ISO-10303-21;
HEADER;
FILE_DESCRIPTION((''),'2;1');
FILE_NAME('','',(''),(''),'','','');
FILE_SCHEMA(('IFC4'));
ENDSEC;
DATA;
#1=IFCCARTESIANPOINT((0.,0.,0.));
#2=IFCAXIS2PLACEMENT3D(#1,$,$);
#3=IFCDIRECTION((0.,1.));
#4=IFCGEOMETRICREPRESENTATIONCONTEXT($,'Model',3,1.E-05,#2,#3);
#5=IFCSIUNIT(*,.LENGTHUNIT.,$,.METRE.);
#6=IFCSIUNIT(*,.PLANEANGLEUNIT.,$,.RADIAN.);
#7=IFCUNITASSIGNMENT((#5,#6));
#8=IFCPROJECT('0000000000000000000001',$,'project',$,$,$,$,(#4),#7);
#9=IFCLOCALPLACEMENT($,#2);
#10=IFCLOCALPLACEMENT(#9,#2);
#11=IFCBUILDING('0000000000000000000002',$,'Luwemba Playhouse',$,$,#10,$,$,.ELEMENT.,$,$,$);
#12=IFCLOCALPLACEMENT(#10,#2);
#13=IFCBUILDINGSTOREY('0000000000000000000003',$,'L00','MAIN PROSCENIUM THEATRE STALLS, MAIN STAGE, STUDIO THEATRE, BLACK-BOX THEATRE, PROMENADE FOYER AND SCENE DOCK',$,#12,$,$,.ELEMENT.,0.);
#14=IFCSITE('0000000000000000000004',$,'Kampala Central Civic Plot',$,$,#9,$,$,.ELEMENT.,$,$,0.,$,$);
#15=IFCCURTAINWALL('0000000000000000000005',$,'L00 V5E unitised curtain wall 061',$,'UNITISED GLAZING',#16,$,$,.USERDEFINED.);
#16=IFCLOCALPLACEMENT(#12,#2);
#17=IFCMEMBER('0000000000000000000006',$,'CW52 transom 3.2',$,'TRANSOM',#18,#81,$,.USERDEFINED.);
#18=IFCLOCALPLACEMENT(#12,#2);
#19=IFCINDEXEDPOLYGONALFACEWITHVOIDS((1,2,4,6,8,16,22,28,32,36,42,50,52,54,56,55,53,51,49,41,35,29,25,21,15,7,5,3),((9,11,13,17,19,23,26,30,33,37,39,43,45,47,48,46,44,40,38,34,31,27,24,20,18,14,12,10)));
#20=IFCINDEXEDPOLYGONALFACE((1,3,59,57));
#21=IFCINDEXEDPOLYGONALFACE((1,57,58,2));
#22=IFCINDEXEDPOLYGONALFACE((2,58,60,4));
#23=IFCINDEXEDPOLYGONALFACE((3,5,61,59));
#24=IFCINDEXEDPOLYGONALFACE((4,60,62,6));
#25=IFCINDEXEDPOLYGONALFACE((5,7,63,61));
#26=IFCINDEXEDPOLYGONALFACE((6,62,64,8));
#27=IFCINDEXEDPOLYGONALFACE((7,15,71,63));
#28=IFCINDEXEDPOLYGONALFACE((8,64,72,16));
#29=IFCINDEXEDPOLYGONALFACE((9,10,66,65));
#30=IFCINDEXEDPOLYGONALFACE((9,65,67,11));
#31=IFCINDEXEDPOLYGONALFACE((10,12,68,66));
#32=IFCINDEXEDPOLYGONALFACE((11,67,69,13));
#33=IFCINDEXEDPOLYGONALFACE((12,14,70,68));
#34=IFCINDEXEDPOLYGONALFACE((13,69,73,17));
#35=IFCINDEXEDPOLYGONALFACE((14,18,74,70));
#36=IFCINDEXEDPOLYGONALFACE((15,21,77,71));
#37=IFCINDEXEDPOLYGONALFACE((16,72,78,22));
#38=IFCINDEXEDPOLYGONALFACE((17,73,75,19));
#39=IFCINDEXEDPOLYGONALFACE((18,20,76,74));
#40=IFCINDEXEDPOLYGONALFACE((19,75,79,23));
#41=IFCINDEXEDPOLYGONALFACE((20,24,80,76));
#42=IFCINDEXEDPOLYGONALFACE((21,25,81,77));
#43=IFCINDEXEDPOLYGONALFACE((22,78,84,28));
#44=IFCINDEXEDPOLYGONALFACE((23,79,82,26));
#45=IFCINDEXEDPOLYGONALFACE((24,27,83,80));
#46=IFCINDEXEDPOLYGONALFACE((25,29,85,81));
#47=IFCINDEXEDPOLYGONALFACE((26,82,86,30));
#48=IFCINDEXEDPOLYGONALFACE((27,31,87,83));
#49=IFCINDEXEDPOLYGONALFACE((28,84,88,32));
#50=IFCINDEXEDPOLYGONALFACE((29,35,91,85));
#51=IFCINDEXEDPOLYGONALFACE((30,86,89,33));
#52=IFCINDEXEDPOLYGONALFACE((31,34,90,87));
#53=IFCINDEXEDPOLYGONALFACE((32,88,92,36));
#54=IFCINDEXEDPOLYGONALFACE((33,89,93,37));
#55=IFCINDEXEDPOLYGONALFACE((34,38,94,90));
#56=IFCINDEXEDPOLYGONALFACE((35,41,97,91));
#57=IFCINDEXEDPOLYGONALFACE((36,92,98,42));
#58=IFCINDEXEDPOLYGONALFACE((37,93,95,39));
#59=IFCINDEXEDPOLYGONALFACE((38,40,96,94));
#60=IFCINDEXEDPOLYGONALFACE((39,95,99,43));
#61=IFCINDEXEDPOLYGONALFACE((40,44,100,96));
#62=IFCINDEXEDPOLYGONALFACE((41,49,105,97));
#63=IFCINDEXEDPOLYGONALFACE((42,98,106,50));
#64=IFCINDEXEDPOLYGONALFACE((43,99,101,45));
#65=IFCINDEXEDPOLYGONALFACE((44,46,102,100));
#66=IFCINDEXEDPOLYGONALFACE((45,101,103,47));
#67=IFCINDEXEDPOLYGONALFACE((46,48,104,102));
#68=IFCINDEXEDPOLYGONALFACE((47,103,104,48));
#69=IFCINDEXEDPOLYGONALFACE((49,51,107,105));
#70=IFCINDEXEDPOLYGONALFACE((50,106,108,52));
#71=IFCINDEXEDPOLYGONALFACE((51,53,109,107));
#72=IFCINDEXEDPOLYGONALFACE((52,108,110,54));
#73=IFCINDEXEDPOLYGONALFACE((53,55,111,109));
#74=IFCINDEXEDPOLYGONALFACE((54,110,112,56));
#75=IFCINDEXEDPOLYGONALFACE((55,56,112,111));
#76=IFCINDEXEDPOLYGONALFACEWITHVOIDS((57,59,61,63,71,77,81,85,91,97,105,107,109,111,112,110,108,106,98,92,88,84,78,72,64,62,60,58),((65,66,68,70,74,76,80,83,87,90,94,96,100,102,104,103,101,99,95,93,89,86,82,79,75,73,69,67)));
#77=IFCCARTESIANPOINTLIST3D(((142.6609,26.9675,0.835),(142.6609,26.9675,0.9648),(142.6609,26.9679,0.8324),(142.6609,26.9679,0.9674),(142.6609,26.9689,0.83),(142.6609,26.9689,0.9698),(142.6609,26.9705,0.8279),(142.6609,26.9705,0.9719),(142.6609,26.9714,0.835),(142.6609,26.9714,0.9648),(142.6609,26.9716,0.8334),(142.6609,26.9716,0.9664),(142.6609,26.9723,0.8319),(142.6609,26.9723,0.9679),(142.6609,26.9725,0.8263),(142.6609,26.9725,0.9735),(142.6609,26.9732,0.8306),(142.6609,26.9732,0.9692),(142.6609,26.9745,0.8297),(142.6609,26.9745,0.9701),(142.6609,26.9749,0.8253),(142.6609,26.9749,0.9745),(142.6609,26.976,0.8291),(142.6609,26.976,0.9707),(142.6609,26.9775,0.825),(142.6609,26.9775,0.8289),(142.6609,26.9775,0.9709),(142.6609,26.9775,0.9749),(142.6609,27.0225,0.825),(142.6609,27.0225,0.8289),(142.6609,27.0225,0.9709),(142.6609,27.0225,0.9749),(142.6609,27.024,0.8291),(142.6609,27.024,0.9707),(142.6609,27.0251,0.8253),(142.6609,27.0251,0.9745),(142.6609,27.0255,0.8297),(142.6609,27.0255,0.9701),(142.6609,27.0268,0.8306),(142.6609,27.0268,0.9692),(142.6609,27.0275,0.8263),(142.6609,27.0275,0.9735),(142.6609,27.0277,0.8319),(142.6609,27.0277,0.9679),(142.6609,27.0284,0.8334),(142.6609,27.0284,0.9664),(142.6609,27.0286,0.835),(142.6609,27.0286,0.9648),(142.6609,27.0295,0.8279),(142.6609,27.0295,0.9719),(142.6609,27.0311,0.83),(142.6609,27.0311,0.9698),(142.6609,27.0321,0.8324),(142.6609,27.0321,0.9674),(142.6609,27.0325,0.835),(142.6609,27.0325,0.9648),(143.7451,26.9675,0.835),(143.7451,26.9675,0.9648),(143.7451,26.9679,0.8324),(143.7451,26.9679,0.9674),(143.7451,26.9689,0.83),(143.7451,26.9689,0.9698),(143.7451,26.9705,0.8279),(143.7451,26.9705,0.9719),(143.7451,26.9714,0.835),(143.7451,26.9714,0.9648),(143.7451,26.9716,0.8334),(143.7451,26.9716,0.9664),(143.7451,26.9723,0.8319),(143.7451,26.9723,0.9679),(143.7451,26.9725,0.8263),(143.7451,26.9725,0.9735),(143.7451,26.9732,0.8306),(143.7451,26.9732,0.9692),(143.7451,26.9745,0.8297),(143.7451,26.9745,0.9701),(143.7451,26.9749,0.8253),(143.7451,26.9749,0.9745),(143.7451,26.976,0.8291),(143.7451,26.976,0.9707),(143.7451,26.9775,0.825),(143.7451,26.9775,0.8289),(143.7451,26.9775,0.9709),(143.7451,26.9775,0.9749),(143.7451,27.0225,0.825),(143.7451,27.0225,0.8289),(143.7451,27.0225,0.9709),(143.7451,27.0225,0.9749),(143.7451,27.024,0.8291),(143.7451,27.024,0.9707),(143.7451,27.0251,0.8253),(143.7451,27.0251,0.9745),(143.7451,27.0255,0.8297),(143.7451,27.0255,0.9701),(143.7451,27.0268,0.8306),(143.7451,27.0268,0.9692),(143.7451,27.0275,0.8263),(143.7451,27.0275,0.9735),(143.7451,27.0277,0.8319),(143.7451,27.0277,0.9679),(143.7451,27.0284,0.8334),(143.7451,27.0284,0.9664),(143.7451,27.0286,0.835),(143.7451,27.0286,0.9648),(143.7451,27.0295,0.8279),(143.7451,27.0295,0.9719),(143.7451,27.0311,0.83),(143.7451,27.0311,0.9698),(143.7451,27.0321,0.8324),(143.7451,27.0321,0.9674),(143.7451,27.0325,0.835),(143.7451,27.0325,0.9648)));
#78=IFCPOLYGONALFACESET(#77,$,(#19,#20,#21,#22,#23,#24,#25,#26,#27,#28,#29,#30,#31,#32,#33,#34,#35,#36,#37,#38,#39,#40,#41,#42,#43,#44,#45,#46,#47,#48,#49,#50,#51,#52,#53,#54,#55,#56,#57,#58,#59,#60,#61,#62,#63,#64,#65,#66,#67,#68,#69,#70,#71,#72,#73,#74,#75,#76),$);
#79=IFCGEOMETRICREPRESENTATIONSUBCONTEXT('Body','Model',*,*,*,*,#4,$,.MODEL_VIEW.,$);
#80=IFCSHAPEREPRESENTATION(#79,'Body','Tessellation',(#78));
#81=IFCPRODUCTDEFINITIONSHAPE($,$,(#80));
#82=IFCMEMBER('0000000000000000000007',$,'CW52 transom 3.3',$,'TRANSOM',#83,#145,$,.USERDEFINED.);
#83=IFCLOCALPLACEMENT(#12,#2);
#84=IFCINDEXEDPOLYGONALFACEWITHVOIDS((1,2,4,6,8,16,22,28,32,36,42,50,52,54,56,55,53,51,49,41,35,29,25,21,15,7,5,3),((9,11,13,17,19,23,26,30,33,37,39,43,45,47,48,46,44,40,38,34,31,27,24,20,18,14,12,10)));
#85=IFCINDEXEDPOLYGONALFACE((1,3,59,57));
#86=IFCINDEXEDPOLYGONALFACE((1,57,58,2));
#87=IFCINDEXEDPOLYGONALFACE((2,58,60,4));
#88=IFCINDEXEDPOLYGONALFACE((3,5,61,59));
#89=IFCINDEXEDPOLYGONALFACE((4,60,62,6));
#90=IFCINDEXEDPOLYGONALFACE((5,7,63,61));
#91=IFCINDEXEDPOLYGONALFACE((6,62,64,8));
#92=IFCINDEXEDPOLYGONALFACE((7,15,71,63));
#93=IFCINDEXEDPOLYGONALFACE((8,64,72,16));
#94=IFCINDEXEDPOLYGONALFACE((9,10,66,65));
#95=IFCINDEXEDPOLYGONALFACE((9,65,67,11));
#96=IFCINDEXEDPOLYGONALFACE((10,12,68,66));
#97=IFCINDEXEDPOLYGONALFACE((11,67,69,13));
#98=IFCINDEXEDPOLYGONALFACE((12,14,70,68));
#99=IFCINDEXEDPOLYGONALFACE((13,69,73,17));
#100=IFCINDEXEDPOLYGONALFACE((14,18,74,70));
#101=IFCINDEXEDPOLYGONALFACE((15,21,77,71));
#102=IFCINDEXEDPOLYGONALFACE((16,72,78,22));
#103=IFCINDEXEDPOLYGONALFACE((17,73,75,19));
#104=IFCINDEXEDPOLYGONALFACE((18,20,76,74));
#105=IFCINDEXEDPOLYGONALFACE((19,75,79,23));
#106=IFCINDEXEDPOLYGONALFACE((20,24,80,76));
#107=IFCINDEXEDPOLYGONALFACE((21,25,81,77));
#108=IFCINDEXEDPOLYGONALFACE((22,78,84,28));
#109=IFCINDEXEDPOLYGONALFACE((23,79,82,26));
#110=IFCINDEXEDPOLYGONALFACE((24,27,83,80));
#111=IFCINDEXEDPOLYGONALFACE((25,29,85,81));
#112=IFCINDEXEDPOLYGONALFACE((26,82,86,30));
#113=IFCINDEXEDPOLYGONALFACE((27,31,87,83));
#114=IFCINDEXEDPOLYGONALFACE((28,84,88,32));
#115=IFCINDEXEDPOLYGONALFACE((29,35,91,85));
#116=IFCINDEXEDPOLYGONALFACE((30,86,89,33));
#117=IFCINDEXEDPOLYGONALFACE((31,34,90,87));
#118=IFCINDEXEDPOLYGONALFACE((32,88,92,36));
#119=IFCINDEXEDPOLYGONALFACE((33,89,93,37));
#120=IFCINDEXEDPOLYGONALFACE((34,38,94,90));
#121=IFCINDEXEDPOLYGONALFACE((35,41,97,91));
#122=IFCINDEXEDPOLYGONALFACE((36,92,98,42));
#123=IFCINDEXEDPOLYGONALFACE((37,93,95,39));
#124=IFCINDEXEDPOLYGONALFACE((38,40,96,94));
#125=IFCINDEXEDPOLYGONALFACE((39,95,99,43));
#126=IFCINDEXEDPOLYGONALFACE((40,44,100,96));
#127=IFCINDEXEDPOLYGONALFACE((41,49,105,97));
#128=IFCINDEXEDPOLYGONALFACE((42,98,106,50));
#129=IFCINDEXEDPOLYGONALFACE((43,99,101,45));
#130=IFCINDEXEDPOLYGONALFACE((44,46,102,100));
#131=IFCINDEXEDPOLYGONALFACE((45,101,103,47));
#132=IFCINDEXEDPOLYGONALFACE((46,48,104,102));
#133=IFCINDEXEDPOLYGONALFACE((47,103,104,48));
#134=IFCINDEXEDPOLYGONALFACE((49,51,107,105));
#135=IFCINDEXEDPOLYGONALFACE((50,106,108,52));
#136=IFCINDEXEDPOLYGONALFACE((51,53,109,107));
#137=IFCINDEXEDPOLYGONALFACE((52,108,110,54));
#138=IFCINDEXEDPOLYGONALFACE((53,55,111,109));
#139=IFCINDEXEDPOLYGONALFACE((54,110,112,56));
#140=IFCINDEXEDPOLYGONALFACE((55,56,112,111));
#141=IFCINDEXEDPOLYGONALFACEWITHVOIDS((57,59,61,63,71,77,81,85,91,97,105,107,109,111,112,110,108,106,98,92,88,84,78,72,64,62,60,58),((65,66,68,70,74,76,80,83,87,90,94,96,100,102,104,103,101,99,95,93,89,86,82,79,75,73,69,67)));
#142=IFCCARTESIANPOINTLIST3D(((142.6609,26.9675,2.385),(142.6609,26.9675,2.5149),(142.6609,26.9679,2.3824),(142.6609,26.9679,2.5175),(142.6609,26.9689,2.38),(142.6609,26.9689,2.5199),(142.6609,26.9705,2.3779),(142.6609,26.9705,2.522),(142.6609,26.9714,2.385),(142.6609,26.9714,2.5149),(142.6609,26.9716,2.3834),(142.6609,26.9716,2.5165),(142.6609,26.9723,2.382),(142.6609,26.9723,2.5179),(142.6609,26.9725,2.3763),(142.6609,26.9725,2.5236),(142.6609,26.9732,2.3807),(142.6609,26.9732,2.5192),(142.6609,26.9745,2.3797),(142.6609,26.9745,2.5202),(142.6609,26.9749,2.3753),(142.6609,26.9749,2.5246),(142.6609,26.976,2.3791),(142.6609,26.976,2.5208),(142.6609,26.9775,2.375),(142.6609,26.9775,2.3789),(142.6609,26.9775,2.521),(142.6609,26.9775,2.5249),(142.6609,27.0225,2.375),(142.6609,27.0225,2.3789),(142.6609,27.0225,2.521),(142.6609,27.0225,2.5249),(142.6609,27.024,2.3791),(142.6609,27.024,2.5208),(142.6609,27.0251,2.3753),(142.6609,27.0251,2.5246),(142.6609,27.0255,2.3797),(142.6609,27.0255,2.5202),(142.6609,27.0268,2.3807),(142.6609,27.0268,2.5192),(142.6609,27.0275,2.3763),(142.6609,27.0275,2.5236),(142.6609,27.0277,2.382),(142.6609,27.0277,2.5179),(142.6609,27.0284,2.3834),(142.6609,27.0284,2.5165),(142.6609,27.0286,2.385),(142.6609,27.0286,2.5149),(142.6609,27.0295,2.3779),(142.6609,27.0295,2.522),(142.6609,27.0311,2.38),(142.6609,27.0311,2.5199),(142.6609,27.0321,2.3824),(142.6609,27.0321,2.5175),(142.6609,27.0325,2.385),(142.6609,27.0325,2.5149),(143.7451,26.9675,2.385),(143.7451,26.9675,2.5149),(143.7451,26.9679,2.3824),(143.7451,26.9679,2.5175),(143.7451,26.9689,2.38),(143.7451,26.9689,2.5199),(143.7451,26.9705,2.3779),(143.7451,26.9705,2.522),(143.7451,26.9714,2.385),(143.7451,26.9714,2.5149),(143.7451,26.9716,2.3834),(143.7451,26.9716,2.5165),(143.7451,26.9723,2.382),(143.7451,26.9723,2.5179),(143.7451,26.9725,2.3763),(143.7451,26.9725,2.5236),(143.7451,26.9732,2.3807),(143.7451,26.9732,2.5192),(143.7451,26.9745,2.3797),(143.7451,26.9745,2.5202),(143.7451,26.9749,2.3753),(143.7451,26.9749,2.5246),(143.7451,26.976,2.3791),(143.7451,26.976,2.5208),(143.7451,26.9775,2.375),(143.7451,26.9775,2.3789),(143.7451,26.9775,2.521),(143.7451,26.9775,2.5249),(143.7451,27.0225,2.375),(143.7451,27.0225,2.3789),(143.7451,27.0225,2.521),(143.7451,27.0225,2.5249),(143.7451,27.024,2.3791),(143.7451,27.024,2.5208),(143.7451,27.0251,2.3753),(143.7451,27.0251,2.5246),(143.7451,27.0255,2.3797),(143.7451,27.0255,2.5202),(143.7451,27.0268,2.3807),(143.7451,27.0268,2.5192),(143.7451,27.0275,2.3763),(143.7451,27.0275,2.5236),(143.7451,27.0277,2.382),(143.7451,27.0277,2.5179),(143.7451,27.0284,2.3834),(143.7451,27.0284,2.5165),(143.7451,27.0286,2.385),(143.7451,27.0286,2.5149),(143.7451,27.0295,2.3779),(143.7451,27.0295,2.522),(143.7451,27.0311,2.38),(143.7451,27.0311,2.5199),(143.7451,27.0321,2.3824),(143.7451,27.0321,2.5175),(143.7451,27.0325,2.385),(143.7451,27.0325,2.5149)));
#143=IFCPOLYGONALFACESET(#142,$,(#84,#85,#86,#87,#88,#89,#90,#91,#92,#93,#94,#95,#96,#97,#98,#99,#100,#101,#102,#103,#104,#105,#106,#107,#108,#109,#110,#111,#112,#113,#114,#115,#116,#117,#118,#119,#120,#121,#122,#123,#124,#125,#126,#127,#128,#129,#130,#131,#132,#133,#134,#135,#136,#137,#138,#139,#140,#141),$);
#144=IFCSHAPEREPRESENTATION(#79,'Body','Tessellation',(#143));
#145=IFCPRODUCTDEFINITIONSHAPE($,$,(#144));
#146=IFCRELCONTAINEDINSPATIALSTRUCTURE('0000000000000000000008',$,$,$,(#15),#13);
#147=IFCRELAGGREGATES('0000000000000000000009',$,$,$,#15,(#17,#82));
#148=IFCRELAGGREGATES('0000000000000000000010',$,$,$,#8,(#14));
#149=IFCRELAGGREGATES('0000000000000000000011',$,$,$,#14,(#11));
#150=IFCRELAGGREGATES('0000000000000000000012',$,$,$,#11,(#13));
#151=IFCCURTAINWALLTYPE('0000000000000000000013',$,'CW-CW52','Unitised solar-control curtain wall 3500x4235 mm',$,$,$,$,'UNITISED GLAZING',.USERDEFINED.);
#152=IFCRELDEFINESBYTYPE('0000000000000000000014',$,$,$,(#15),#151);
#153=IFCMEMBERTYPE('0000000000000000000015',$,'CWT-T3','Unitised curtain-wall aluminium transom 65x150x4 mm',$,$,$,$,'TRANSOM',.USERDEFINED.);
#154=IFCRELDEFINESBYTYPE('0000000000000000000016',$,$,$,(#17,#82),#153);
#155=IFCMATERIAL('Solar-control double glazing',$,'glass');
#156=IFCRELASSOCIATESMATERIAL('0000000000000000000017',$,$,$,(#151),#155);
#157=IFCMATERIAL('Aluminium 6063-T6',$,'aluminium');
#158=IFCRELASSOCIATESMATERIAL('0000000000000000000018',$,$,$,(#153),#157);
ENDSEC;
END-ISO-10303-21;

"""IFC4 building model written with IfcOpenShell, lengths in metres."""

from ifc_helpers import new_model, si_unit, direction, frame, origin, origin_2d, place, context, subcontext, project, spatial, hollow_rectangle, extrude, material, material_profile, profile_set, type_object, element, aggregate, save


model = new_model("IFC4")

# Units and contexts
model_context = context("Model", 3, precision=1e-05, world=origin(), true_north=direction((0.0, 1.0)))
body_context = subcontext(model_context, "Body", "Model", "MODEL_VIEW")
ifc_project = project(units=[si_unit("LENGTHUNIT", "METRE"), si_unit("PLANEANGLEUNIT", "RADIAN")], contexts=[model_context])

# Site, building, storey
site_placement = place(None, origin())
site = spatial("IfcSite", under=ifc_project, at=site_placement, Name="Kampala Central Civic Plot", CompositionType="ELEMENT", RefElevation=0.0)
building_placement = place(site_placement, origin())
building = spatial("IfcBuilding", under=site, at=building_placement, Name="Luwemba Playhouse", CompositionType="ELEMENT")
storey_placement = place(building_placement, origin())
storey = spatial("IfcBuildingStorey", under=building, at=storey_placement, Name="L00", Description="MAIN PROSCENIUM THEATRE STALLS, MAIN STAGE, STUDIO THEATRE, BLACK-BOX THEATRE, PROMENADE FOYER AND SCENE DOCK", CompositionType="ELEMENT", Elevation=0.0)

# Shared definitions
ifc_material_1 = material(Name="Solar-control double glazing", Category="glass")
ifc_material_2 = material(Name="Aluminium 6063-T6", Category="aluminium")

# Curtain wall
curtain_wall_type_1 = type_object("IfcCurtainWallType", Name="CW-CW52", Description="Unitised solar-control curtain wall 3500x4235 mm", ElementType="UNITISED GLAZING", PredefinedType="USERDEFINED", material=ifc_material_1)
curtain_wall_1_placement = place(storey_placement, origin())
curtain_wall_1 = element("IfcCurtainWall", 1, at=curtain_wall_1_placement, inside=storey, type_object=curtain_wall_type_1, Name="L00 V5E unitised curtain wall 061", ObjectType="UNITISED GLAZING", PredefinedType="USERDEFINED")

# Members
ifc_material_profile_1 = material_profile(ifc_material_2, hollow_rectangle(XDim=0.0649, YDim=0.1499, WallThickness=0.0039, InnerFilletRadius=0.0061, OuterFilletRadius=0.01, at=origin_2d()))
ifc_profile_set_1 = profile_set([ifc_material_profile_1], Name="Aluminium 6063-T6")
member_type_1 = type_object("IfcMemberType", Name="CWT-T3", Description="Unitised curtain-wall aluminium transom 65x150x4 mm", ElementType="TRANSOM", PredefinedType="USERDEFINED", material=ifc_profile_set_1)
member_1_placement = place(storey_placement, frame((142.6609, 27.0, 0.8999), z_axis=(1.0, 0.0, 0.0), x_axis=(0.0, 1.0, 0.0)))
member_1 = element("IfcMember", 2, at=member_1_placement, type_object=member_type_1, Name="CW52 transom 3.2", ObjectType="TRANSOM", PredefinedType="USERDEFINED", context=body_context, shape_type="SweptSolid", body=[
    extrude(hollow_rectangle(XDim=0.0649, YDim=0.1499, WallThickness=0.0039, InnerFilletRadius=0.0061, OuterFilletRadius=0.01, at=origin_2d()), origin(), (0.0, 0.0, 1.0), 1.0842),
])
member_2_placement = place(storey_placement, frame((142.6609, 27.0, 2.45), z_axis=(1.0, 0.0, 0.0), x_axis=(0.0, 1.0, 0.0)))
member_2 = element("IfcMember", 3, at=member_2_placement, type_object=member_type_1, Name="CW52 transom 3.3", ObjectType="TRANSOM", PredefinedType="USERDEFINED", context=body_context, shape_type="SweptSolid", body=[
    extrude(hollow_rectangle(XDim=0.0649, YDim=0.1499, WallThickness=0.0039, InnerFilletRadius=0.0061, OuterFilletRadius=0.01, at=origin_2d()), origin(), (0.0, 0.0, 1.0), 1.0842),
])

aggregate(curtain_wall_1, [member_1, member_2])

save(model, "model.ifc")
